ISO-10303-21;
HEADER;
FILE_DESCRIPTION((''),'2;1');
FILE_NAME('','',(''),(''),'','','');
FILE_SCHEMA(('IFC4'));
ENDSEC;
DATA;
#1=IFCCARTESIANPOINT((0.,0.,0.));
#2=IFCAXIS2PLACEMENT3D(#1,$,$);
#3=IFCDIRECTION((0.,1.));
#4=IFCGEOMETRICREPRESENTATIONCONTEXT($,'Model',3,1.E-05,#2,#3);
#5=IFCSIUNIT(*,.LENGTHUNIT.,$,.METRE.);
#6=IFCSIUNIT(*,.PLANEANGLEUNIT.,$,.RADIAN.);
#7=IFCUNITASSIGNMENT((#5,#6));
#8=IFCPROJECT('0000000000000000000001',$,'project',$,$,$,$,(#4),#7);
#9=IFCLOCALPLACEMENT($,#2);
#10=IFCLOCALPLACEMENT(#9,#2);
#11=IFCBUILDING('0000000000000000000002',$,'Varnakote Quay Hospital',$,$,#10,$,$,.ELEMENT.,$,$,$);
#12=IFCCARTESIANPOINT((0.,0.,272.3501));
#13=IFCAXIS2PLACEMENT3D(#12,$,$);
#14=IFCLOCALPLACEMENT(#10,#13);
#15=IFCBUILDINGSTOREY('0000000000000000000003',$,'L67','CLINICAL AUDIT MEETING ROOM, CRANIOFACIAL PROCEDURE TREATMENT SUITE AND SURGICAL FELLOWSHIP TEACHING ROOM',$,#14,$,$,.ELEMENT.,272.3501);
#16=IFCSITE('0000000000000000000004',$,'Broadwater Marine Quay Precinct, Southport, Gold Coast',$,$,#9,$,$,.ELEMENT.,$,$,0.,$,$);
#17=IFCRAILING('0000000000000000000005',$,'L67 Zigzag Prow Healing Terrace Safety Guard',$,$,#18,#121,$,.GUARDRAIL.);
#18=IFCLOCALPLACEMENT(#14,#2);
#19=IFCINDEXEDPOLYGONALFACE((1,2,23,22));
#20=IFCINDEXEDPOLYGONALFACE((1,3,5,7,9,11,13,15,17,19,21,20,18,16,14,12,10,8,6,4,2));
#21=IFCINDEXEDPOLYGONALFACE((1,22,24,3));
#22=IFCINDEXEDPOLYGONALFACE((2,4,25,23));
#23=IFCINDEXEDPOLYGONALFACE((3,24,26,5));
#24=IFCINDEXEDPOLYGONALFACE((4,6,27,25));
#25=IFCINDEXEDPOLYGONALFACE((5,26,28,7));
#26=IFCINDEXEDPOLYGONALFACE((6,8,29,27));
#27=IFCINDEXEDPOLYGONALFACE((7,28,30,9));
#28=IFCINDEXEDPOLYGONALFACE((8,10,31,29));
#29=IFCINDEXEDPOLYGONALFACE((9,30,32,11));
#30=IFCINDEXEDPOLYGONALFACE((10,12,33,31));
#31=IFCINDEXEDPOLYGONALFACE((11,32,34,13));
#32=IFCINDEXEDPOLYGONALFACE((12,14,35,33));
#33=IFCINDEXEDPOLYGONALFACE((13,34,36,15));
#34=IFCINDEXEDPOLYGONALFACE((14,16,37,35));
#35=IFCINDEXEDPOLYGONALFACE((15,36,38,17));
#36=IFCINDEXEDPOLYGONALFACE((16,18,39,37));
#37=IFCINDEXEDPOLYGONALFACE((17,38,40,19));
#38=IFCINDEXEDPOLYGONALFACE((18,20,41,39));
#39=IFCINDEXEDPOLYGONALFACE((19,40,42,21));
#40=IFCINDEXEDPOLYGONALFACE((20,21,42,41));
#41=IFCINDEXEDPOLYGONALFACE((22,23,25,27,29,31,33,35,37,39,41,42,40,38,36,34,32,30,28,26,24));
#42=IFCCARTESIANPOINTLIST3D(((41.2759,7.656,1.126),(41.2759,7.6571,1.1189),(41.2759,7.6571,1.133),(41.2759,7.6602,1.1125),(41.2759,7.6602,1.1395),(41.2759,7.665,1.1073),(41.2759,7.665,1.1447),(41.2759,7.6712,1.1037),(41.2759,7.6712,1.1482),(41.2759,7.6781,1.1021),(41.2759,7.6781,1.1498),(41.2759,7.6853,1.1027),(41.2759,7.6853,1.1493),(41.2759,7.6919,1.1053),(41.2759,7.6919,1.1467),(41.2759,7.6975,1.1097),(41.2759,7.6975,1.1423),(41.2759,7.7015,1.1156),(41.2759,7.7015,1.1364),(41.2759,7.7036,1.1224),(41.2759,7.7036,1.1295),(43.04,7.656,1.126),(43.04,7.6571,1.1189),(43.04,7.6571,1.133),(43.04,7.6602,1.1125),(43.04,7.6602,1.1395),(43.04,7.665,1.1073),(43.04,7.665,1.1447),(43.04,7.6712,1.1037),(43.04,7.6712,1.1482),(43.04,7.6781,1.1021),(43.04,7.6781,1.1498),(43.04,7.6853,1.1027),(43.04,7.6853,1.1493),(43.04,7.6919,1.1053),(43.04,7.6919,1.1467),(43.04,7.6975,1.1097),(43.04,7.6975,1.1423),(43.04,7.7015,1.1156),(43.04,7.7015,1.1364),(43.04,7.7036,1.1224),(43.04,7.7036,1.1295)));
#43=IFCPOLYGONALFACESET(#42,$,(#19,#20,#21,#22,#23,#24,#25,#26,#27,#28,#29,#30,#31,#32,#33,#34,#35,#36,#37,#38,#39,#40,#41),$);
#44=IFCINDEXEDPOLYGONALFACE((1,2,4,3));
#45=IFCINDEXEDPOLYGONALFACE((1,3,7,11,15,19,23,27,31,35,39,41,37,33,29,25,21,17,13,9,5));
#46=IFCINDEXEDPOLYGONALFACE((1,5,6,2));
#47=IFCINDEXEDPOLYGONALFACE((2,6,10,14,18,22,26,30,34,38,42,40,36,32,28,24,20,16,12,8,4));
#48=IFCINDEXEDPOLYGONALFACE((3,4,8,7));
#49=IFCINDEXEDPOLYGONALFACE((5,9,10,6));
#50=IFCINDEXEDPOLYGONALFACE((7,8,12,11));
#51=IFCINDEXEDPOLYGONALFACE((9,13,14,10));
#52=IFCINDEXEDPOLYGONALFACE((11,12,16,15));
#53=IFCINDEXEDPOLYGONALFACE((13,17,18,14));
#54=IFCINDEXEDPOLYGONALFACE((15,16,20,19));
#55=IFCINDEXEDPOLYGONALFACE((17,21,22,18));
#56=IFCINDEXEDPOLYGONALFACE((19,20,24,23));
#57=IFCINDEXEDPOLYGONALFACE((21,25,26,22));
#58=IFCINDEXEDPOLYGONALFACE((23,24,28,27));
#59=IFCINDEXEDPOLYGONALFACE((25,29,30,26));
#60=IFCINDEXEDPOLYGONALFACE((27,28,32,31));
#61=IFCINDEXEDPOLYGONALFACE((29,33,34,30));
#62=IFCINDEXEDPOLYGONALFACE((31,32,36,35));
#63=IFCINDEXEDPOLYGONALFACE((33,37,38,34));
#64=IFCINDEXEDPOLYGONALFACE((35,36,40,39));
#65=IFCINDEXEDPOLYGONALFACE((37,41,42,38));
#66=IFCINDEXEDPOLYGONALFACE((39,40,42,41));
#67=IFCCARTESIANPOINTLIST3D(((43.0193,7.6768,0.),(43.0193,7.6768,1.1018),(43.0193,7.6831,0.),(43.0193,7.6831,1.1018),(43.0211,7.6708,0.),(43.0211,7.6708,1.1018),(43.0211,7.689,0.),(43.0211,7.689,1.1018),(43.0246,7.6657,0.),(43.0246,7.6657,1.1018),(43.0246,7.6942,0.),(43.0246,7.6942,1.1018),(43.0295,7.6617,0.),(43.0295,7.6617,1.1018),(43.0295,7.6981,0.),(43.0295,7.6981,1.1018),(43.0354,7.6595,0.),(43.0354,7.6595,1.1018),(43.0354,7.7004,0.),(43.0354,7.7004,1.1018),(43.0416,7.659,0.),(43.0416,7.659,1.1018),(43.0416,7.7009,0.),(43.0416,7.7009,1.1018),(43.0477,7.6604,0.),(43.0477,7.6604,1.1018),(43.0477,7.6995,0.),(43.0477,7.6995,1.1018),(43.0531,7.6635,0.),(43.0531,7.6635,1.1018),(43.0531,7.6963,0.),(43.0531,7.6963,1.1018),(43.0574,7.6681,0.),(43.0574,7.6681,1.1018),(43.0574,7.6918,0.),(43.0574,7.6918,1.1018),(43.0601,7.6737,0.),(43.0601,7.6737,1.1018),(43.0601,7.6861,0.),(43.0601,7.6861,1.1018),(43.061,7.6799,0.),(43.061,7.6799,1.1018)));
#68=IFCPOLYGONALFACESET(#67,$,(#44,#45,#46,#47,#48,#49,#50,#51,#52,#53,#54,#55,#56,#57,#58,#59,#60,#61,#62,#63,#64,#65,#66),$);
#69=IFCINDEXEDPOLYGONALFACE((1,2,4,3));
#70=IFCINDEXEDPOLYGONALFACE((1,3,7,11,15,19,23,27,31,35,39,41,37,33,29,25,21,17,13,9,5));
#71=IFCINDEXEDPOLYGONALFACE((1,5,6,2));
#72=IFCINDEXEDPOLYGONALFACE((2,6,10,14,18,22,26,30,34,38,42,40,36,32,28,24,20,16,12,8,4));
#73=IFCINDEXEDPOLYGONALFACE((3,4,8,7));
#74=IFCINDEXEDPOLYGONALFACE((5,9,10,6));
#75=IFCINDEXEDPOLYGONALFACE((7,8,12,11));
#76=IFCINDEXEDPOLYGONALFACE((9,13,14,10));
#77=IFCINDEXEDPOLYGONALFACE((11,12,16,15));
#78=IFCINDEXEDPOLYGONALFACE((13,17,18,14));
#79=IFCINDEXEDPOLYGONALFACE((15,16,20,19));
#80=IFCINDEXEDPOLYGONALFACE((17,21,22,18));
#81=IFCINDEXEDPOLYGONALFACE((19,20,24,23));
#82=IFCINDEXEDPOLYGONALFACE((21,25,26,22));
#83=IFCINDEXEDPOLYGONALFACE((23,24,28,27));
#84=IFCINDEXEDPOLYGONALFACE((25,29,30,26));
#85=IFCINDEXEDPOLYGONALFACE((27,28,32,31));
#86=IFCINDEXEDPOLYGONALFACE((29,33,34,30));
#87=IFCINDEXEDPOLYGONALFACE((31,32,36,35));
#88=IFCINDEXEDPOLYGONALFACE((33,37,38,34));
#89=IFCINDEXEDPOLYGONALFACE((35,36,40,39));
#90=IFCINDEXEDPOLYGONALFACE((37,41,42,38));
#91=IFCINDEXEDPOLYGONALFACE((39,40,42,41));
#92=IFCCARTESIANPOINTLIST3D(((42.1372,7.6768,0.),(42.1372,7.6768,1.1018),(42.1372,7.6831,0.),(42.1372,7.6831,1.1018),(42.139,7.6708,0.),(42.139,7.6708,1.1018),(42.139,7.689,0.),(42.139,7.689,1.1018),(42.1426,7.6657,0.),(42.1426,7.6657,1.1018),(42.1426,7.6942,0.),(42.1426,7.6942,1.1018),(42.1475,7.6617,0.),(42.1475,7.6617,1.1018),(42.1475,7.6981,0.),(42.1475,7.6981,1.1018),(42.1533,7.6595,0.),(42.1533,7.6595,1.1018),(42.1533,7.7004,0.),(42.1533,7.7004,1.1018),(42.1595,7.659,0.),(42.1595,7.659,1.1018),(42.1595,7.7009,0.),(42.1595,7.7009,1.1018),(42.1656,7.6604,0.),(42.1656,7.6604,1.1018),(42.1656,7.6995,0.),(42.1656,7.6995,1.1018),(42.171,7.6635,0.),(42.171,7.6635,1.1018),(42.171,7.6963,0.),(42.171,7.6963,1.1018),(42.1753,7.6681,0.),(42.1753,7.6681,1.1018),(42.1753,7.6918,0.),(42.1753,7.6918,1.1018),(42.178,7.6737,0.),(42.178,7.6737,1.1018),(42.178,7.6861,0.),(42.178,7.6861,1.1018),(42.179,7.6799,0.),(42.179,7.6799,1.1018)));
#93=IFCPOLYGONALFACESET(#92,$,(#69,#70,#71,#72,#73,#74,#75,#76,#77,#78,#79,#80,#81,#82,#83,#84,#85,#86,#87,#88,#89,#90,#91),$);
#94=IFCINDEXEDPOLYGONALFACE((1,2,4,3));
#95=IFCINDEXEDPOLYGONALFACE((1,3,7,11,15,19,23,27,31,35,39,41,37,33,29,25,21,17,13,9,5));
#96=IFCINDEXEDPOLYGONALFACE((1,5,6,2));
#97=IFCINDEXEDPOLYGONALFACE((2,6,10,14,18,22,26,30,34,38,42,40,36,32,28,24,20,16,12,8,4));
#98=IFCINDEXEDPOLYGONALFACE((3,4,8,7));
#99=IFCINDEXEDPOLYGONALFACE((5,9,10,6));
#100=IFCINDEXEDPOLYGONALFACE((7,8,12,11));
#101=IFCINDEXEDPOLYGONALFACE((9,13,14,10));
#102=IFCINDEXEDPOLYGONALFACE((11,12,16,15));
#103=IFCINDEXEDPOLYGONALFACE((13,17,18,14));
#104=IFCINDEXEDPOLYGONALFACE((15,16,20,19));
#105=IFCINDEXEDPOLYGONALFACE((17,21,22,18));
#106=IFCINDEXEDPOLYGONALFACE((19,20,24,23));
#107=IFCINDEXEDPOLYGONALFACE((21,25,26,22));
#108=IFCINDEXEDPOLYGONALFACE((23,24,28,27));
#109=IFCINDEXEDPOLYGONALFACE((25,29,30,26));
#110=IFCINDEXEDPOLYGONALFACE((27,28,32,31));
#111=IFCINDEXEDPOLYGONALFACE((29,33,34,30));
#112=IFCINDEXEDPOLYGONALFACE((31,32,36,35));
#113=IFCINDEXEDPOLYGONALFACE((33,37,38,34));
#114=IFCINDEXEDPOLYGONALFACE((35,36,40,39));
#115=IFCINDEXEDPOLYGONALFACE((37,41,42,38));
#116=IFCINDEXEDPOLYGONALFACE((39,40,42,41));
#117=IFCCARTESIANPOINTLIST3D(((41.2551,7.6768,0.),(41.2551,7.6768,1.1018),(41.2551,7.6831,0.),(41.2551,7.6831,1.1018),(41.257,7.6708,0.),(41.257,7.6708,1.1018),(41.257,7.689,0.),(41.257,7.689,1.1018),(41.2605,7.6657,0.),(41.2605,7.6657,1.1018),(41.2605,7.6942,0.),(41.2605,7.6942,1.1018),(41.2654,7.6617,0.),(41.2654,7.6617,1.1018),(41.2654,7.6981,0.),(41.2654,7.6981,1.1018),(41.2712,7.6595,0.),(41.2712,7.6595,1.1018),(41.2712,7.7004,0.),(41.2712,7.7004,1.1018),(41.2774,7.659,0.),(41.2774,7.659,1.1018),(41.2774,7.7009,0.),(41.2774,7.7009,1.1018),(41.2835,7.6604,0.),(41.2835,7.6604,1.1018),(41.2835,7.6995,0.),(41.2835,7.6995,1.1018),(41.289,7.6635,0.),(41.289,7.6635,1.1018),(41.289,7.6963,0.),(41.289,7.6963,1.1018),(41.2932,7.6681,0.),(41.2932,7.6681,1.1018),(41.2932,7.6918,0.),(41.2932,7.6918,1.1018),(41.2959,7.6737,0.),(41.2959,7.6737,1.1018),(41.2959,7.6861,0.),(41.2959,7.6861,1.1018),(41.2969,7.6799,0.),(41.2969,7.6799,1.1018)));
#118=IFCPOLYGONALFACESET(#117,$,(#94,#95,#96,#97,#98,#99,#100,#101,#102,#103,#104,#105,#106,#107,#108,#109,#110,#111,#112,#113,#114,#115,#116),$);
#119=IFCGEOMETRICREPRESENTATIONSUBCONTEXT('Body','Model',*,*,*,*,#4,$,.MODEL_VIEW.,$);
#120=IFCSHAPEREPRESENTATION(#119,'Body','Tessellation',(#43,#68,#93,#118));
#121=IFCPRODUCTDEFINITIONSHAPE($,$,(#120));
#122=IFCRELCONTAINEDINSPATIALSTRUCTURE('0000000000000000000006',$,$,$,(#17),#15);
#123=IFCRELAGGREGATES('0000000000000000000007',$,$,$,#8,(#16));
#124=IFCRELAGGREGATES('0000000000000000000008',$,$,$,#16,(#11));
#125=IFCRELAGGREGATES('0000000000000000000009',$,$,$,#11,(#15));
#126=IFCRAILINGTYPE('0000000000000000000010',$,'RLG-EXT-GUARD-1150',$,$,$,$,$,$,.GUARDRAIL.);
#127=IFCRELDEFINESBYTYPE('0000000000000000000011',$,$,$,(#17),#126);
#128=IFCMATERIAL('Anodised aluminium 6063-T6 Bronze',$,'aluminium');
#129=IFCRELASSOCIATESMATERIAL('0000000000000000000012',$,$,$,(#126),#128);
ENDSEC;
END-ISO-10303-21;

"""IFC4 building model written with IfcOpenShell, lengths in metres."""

from ifc_helpers import new_model, si_unit, direction, frame, origin, origin_2d, place, context, subcontext, project, spatial, circle, extrude, material, type_object, element, save


model = new_model("IFC4")

# Units and contexts
model_context = context("Model", 3, precision=1e-05, world=origin(), true_north=direction((0.0, 1.0)))
body_context = subcontext(model_context, "Body", "Model", "MODEL_VIEW")
ifc_project = project(units=[si_unit("LENGTHUNIT", "METRE"), si_unit("PLANEANGLEUNIT", "RADIAN")], contexts=[model_context])

# Site, building, storey
site_placement = place(None, origin())
site = spatial("IfcSite", under=ifc_project, at=site_placement, Name="Broadwater Marine Quay Precinct, Southport, Gold Coast", CompositionType="ELEMENT", RefElevation=0.0)
building_placement = place(site_placement, origin())
building = spatial("IfcBuilding", under=site, at=building_placement, Name="Varnakote Quay Hospital", CompositionType="ELEMENT")
storey_placement = place(building_placement, frame((0.0, 0.0, 272.3501)))
storey = spatial("IfcBuildingStorey", under=building, at=storey_placement, Name="L67", Description="CLINICAL AUDIT MEETING ROOM, CRANIOFACIAL PROCEDURE TREATMENT SUITE AND SURGICAL FELLOWSHIP TEACHING ROOM", CompositionType="ELEMENT", Elevation=272.3501)

# Railing
ifc_material_1 = material(Name="Anodised aluminium 6063-T6 Bronze", Category="aluminium")
railing_type = type_object("IfcRailingType", Name="RLG-EXT-GUARD-1150", PredefinedType="GUARDRAIL", material=ifc_material_1)
railing_1_placement = place(storey_placement, frame((43.04, 7.6799, 0.0)))
element("IfcRailing", 1, at=railing_1_placement, inside=storey, type_object=railing_type, Name="L67 Zigzag Prow Healing Terrace Safety Guard", PredefinedType="GUARDRAIL", context=body_context, shape_type="SweptSolid", body=[
    extrude(circle(Radius=0.0239, at=origin_2d()), frame((0.0, 0.0, 1.126), z_axis=(-1.0, 0.0, 0.0), x_axis=(0.0, -1.0, 0.0)), (0.0, 0.0, 1.0), 1.7642),
    extrude(circle(Radius=0.021, at=origin_2d()), origin(), (0.0, 0.0, 1.0), 1.1018),
    extrude(circle(Radius=0.021, at=origin_2d()), frame((-0.8821, 0.0, 0.0)), (0.0, 0.0, 1.0), 1.1018),
    extrude(circle(Radius=0.021, at=origin_2d()), frame((-1.7642, 0.0, 0.0)), (0.0, 0.0, 1.0), 1.1018),
])

save(model, "model.ifc")
